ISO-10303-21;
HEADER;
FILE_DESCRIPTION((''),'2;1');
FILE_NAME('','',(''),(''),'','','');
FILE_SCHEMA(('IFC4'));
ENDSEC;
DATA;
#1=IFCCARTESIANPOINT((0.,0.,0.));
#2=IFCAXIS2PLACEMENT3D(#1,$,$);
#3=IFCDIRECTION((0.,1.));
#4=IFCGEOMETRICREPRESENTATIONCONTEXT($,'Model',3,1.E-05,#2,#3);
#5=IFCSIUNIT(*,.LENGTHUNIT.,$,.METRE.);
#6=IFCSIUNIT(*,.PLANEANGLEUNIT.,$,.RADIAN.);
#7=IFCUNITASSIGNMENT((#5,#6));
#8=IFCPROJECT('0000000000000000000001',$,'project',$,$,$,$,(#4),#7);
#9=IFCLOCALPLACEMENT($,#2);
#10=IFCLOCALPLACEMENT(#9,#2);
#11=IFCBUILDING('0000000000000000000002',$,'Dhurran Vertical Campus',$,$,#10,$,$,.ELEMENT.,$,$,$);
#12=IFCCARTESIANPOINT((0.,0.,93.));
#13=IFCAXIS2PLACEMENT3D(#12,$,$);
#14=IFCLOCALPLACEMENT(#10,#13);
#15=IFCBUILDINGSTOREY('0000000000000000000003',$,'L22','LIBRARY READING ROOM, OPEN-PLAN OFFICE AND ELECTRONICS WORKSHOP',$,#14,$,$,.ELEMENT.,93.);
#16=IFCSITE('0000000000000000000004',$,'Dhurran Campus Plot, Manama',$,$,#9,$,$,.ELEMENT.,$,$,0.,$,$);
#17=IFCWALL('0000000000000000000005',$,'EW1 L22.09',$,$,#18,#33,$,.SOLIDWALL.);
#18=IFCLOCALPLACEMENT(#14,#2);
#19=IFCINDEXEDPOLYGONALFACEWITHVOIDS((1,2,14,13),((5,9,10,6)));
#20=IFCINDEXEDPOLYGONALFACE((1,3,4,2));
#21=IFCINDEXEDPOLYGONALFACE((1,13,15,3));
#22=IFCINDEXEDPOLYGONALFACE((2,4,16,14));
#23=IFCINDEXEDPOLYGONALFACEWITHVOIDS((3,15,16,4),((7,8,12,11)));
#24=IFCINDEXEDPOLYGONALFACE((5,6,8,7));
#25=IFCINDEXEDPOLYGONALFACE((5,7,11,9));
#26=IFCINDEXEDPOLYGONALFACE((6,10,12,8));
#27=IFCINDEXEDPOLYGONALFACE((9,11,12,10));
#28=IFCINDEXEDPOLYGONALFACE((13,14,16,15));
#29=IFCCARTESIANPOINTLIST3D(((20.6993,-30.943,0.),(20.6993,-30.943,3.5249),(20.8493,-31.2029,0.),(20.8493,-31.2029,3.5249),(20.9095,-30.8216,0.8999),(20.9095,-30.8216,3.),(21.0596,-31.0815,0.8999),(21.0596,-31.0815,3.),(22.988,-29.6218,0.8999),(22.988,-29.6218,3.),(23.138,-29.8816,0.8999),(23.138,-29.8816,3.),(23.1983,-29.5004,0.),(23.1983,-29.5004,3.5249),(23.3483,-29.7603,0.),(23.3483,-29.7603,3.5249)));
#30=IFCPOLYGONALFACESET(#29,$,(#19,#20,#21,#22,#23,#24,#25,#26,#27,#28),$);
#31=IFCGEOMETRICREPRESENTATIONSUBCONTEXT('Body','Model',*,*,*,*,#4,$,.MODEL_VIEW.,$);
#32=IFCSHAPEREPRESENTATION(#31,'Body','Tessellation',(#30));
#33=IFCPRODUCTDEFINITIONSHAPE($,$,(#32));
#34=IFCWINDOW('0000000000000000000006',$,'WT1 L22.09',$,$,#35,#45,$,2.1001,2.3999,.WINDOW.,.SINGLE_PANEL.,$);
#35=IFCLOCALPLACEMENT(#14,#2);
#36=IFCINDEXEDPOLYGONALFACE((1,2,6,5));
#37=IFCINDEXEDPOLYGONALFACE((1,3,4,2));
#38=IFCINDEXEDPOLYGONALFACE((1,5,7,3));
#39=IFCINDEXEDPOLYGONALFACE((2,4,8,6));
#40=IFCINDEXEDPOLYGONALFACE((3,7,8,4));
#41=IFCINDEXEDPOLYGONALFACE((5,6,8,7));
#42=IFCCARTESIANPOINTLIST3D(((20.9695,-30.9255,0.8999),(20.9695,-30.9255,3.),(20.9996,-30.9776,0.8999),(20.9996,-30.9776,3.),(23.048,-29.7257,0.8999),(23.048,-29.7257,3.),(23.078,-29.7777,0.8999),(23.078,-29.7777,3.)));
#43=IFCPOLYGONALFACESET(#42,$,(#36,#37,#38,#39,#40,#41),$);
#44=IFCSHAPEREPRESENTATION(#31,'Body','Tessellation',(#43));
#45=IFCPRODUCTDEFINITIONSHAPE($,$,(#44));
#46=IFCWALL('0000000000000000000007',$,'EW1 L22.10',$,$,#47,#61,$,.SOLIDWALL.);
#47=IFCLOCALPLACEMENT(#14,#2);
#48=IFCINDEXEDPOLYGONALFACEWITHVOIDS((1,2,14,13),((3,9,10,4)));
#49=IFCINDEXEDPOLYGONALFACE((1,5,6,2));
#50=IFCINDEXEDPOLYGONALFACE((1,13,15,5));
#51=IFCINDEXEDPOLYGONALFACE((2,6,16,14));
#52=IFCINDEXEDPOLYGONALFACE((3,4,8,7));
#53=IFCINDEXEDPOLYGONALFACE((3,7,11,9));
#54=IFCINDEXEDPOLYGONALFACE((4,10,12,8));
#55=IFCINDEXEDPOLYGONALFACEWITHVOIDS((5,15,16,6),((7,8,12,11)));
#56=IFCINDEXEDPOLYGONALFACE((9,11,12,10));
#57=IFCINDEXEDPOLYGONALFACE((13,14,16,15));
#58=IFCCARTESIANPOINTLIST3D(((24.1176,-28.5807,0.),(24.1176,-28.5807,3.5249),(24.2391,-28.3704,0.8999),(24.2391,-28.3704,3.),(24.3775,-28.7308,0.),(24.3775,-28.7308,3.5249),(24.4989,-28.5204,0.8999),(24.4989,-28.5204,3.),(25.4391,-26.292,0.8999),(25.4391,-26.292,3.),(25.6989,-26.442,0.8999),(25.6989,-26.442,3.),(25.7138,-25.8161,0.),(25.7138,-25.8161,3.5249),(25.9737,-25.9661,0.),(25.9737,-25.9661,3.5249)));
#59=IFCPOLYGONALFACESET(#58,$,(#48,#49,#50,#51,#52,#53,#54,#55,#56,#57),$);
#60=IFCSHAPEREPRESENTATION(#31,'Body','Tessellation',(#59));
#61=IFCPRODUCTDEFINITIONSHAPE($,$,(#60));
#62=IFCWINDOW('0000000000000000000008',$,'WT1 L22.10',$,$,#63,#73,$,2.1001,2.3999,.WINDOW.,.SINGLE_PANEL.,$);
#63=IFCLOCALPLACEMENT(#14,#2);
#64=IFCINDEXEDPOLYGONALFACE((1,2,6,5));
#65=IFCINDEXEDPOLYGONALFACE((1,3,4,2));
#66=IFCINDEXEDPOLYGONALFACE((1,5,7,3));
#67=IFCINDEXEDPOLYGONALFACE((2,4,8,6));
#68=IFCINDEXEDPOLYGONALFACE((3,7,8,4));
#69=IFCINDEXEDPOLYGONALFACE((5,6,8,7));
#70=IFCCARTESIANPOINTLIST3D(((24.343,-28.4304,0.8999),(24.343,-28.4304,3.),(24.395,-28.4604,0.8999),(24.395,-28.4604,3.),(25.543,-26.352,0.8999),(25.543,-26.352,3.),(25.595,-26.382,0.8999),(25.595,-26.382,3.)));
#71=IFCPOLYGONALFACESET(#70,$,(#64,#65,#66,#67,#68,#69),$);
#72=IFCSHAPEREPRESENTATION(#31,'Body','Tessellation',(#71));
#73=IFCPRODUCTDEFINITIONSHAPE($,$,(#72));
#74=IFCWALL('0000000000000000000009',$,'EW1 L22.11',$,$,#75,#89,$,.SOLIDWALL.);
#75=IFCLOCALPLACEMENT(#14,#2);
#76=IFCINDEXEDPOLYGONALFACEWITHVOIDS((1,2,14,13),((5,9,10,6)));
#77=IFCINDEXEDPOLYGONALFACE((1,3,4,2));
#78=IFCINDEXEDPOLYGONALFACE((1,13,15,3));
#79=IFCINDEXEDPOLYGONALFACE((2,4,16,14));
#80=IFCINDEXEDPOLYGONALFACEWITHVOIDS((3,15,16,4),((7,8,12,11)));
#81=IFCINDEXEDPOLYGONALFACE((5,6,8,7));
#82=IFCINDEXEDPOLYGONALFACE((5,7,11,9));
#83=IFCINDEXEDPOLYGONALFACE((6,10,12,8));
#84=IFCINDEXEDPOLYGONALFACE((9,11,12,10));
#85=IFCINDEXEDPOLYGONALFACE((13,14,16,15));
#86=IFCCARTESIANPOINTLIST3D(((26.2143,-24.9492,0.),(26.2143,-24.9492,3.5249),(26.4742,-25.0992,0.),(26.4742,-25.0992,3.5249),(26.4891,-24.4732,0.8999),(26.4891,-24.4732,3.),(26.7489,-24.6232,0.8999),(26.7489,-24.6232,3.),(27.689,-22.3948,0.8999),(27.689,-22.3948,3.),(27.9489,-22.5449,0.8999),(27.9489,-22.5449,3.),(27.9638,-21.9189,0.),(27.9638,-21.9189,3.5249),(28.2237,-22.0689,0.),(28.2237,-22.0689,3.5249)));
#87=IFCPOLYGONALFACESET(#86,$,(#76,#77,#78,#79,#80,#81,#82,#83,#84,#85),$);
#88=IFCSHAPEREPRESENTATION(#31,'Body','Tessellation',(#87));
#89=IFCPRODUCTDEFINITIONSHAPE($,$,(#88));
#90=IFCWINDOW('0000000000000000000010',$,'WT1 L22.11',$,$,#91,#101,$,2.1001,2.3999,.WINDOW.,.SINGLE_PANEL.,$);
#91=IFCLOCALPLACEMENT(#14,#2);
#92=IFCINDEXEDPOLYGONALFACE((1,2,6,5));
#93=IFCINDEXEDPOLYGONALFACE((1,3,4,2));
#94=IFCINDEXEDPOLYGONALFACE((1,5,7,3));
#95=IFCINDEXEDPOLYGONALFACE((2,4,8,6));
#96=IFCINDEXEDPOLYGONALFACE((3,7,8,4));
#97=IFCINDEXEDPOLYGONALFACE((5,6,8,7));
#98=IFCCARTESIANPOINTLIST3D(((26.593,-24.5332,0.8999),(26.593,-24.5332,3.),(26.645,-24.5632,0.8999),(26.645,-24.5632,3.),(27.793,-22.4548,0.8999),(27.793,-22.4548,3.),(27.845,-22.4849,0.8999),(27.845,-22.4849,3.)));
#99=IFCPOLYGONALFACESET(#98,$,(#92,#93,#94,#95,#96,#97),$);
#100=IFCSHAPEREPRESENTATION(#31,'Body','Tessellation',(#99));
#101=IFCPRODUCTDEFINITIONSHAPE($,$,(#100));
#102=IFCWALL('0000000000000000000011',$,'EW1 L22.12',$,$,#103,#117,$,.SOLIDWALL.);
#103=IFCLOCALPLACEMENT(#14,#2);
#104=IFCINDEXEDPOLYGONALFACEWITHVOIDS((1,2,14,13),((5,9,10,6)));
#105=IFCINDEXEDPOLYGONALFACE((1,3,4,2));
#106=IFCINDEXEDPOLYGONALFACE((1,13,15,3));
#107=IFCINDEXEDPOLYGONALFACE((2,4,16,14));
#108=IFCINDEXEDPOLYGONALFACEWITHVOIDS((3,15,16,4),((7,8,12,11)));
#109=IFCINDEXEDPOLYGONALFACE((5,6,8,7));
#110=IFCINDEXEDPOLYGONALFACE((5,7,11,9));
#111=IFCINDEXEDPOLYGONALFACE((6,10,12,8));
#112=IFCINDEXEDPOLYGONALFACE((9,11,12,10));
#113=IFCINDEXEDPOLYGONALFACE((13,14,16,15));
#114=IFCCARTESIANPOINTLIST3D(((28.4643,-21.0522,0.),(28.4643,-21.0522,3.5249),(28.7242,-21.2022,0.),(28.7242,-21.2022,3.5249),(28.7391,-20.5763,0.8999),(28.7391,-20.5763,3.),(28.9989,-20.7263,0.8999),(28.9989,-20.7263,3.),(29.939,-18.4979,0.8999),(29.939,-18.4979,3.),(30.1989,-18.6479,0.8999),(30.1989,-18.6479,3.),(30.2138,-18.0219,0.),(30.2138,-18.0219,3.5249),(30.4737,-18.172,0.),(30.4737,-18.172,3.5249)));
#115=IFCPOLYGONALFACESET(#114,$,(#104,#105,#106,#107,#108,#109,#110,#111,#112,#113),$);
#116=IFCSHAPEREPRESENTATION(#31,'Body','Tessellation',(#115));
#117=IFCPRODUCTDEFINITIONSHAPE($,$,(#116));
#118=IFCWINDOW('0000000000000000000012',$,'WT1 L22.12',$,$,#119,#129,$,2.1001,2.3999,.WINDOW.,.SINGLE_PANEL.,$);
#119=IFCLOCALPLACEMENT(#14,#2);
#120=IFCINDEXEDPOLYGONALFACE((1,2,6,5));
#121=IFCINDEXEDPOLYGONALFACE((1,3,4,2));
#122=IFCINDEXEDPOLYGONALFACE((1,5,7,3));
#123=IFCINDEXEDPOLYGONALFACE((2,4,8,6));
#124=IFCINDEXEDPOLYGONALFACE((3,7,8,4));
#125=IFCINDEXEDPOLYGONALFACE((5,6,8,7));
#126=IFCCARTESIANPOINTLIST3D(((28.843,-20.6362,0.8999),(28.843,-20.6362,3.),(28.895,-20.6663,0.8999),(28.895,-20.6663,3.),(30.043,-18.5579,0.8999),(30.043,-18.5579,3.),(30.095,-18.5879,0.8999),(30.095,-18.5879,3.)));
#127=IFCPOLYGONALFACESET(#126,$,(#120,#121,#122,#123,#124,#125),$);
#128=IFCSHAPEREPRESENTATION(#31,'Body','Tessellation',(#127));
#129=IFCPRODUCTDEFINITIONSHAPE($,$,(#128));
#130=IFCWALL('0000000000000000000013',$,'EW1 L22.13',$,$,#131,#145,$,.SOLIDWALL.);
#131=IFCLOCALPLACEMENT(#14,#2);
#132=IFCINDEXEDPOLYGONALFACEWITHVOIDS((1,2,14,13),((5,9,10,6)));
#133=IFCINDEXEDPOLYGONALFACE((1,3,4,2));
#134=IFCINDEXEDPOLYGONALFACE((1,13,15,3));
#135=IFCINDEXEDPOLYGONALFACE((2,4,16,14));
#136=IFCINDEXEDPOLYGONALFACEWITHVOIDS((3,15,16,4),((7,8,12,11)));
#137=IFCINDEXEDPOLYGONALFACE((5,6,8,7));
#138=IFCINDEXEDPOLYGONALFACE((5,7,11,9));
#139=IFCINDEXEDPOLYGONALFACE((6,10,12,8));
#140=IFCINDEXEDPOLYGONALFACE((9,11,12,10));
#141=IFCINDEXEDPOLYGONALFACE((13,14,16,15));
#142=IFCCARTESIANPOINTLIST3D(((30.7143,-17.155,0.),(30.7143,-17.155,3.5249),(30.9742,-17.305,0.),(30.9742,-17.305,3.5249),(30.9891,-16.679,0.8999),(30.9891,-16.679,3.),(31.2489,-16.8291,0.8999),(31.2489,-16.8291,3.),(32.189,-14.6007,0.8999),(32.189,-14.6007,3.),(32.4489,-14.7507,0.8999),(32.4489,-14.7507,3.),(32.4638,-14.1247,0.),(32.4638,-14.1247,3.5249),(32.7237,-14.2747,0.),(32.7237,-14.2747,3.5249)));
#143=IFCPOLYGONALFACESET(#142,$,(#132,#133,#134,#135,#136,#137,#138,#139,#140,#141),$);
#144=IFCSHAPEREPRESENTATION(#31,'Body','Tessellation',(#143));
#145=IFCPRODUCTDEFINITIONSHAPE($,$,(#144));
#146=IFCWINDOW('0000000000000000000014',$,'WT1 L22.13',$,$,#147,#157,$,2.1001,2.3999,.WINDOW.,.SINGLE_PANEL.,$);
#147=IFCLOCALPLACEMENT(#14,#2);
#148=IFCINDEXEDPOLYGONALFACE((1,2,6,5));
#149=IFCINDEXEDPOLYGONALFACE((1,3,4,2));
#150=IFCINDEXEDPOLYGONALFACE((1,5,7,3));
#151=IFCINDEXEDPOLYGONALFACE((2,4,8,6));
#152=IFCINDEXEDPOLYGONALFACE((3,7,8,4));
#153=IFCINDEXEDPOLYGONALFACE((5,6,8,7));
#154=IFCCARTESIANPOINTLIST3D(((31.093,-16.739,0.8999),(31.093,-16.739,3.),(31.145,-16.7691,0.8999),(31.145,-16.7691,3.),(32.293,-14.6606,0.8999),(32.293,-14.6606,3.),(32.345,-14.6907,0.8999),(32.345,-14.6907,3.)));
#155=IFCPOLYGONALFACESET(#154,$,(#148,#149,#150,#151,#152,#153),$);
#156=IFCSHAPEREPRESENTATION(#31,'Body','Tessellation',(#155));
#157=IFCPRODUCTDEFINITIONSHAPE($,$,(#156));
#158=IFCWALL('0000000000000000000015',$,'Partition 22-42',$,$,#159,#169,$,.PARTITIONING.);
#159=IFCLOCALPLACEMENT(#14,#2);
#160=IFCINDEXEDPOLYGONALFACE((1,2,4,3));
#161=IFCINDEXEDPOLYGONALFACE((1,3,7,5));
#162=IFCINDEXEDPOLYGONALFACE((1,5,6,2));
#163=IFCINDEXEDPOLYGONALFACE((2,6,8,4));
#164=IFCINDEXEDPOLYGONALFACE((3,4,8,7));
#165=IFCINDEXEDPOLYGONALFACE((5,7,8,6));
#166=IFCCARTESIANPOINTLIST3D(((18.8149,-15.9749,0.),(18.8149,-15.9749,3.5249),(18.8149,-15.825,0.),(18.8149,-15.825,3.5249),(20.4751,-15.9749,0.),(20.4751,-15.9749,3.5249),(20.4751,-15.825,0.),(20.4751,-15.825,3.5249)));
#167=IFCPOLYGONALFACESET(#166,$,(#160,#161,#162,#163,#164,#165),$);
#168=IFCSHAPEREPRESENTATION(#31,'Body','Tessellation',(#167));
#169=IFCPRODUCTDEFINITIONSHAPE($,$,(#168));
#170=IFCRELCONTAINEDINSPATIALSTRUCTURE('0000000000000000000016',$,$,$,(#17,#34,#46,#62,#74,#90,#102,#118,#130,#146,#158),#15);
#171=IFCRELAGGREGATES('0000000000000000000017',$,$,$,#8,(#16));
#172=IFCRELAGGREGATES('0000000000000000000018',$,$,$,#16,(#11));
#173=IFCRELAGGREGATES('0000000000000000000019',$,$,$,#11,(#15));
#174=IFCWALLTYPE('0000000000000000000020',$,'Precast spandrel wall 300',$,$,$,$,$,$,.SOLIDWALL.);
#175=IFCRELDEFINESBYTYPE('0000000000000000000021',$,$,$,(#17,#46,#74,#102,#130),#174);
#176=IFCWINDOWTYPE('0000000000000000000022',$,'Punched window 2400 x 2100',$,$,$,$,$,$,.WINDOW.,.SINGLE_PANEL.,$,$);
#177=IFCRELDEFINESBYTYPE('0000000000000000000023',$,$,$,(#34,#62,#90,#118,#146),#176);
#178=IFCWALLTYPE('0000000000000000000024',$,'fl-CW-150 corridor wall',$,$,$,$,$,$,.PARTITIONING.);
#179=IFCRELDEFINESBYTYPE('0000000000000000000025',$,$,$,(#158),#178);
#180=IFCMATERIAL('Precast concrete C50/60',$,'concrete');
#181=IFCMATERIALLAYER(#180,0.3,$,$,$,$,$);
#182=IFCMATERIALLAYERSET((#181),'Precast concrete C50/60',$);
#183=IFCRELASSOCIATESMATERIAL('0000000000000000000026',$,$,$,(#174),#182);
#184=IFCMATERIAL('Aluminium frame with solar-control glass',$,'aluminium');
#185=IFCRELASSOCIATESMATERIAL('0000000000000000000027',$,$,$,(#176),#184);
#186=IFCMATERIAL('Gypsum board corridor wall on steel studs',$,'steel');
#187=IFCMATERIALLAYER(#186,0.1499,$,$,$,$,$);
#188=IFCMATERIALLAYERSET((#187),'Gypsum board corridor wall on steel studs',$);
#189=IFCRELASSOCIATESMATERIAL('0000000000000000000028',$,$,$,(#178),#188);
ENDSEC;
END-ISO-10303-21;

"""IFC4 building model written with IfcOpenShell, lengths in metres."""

from ifc_helpers import new_model, si_unit, direction, frame, frame_2d, origin, place, context, subcontext, project, spatial, rectangle, extrude, material, layer, layer_set, type_object, element, fill, save


model = new_model("IFC4")

# Units and contexts
model_context = context("Model", 3, precision=1e-05, world=origin(), true_north=direction((0.0, 1.0)))
body_context = subcontext(model_context, "Body", "Model", "MODEL_VIEW")
ifc_project = project(units=[si_unit("LENGTHUNIT", "METRE"), si_unit("PLANEANGLEUNIT", "RADIAN")], contexts=[model_context])

# Site, building, storey
site_placement = place(None, origin())
site = spatial("IfcSite", under=ifc_project, at=site_placement, Name="Dhurran Campus Plot, Manama", CompositionType="ELEMENT", RefElevation=0.0)
building_placement = place(site_placement, origin())
building = spatial("IfcBuilding", under=site, at=building_placement, Name="Dhurran Vertical Campus", CompositionType="ELEMENT")
storey_placement = place(building_placement, frame((0.0, 0.0, 93.0)))
storey = spatial("IfcBuildingStorey", under=building, at=storey_placement, Name="L22", Description="LIBRARY READING ROOM, OPEN-PLAN OFFICE AND ELECTRONICS WORKSHOP", CompositionType="ELEMENT", Elevation=93.0)

# Walls, openings, windows
ifc_material_1 = material(Name="Precast concrete C50/60", Category="concrete")
ifc_layer_1 = layer(ifc_material_1, 0.3)
ifc_layer_set_1 = layer_set([ifc_layer_1], Name="Precast concrete C50/60")
wall_type_1 = type_object("IfcWallType", Name="Precast spandrel wall 300", PredefinedType="SOLIDWALL", material=ifc_layer_set_1)
ifc_material_2 = material(Name="Aluminium frame with solar-control glass", Category="aluminium")
window_type = type_object("IfcWindowType", Name="Punched window 2400 x 2100", PartitioningType="SINGLE_PANEL", PredefinedType="WINDOW", material=ifc_material_2)
wall_1_placement = place(storey_placement, frame((20.7742, -31.073, 0.0), z_axis=(0.0, 0.0, 1.0), x_axis=(0.866053, 0.499952, 0.0)))
wall_1 = element("IfcWall", 1, at=wall_1_placement, inside=storey, type_object=wall_type_1, Name="EW1 L22.09", PredefinedType="SOLIDWALL", context=body_context, shape_type="SweptSolid", body=[
    extrude(rectangle(XDim=2.8855, YDim=0.3, at=frame_2d((1.4429, 0.0))), origin(), (0.0, 0.0, 1.0), 3.5249),
])
opening_1_placement = place(wall_1_placement, frame((0.2429, 0.0, 0.8999)))
opening_1 = element("IfcOpeningElement", 2, at=opening_1_placement, cuts=wall_1, PredefinedType="OPENING", context=body_context, shape_type="SweptSolid", body=[
    extrude(rectangle(XDim=2.3999, YDim=2.1001, at=frame_2d((1.2, 1.05))), frame((0.0, 0.1599, 0.0), z_axis=(0.0, -1.0, 0.0), x_axis=(1.0, 0.0, 0.0)), (0.0, 0.0, 1.0), 0.3201),
])
window_1_placement = place(opening_1_placement, origin())
window_1 = element("IfcWindow", 3, at=window_1_placement, inside=storey, type_object=window_type, Name="WT1 L22.09", OverallHeight=2.1001, OverallWidth=2.3999, PartitioningType="SINGLE_PANEL", PredefinedType="WINDOW", context=body_context, shape_type="SweptSolid", body=[
    extrude(rectangle(XDim=2.3999, YDim=2.1001, at=frame_2d((1.2, 1.05))), frame((0.0, 0.03, 0.0), z_axis=(0.0, -1.0, 0.0), x_axis=(1.0, 0.0, 0.0)), (0.0, 0.0, 1.0), 0.0601),
])
fill(opening_1, window_1)
wall_2_placement = place(storey_placement, frame((24.2476, -28.6558, 0.0), z_axis=(0.0, 0.0, 1.0), x_axis=(0.500005, 0.866023, 0.0)))
wall_2 = element("IfcWall", 4, at=wall_2_placement, inside=storey, type_object=wall_type_1, Name="EW1 L22.10", PredefinedType="SOLIDWALL", context=body_context, shape_type="SweptSolid", body=[
    extrude(rectangle(XDim=3.1924, YDim=0.3, at=frame_2d((1.5962, 0.0))), origin(), (0.0, 0.0, 1.0), 3.5249),
])
opening_2_placement = place(wall_2_placement, frame((0.2429, 0.0, 0.8999)))
opening_2 = element("IfcOpeningElement", 5, at=opening_2_placement, cuts=wall_2, PredefinedType="OPENING", context=body_context, shape_type="SweptSolid", body=[
    extrude(rectangle(XDim=2.3999, YDim=2.1001, at=frame_2d((1.2, 1.05))), frame((0.0, 0.1599, 0.0), z_axis=(0.0, -1.0, 0.0), x_axis=(1.0, 0.0, 0.0)), (0.0, 0.0, 1.0), 0.3201),
])
window_2_placement = place(opening_2_placement, origin())
window_2 = element("IfcWindow", 6, at=window_2_placement, inside=storey, type_object=window_type, Name="WT1 L22.10", OverallHeight=2.1001, OverallWidth=2.3999, PartitioningType="SINGLE_PANEL", PredefinedType="WINDOW", context=body_context, shape_type="SweptSolid", body=[
    extrude(rectangle(XDim=2.3999, YDim=2.1001, at=frame_2d((1.2, 1.05))), frame((0.0, 0.03, 0.0), z_axis=(0.0, -1.0, 0.0), x_axis=(1.0, 0.0, 0.0)), (0.0, 0.0, 1.0), 0.0601),
])
fill(opening_2, window_2)
wall_3_placement = place(storey_placement, frame((26.3442, -25.0242, 0.0), z_axis=(0.0, 0.0, 1.0), x_axis=(0.499996, 0.866028, 0.0)))
wall_3 = element("IfcWall", 7, at=wall_3_placement, inside=storey, type_object=wall_type_1, Name="EW1 L22.11", PredefinedType="SOLIDWALL", context=body_context, shape_type="SweptSolid", body=[
    extrude(rectangle(XDim=3.499, YDim=0.3, at=frame_2d((1.7495, 0.0))), origin(), (0.0, 0.0, 1.0), 3.5249),
])
opening_3_placement = place(wall_3_placement, frame((0.5496, 0.0, 0.8999)))
opening_3 = element("IfcOpeningElement", 8, at=opening_3_placement, cuts=wall_3, PredefinedType="OPENING", context=body_context, shape_type="SweptSolid", body=[
    extrude(rectangle(XDim=2.3999, YDim=2.1001, at=frame_2d((1.2, 1.05))), frame((0.0, 0.1599, 0.0), z_axis=(0.0, -1.0, 0.0), x_axis=(1.0, 0.0, 0.0)), (0.0, 0.0, 1.0), 0.3201),
])
window_3_placement = place(opening_3_placement, origin())
window_3 = element("IfcWindow", 9, at=window_3_placement, inside=storey, type_object=window_type, Name="WT1 L22.11", OverallHeight=2.1001, OverallWidth=2.3999, PartitioningType="SINGLE_PANEL", PredefinedType="WINDOW", context=body_context, shape_type="SweptSolid", body=[
    extrude(rectangle(XDim=2.3999, YDim=2.1001, at=frame_2d((1.2, 1.05))), frame((0.0, 0.03, 0.0), z_axis=(0.0, -1.0, 0.0), x_axis=(1.0, 0.0, 0.0)), (0.0, 0.0, 1.0), 0.0601),
])
fill(opening_3, window_3)
wall_4_placement = place(storey_placement, frame((28.5942, -21.1272, 0.0), z_axis=(0.0, 0.0, 1.0), x_axis=(0.499996, 0.866028, 0.0)))
wall_4 = element("IfcWall", 10, at=wall_4_placement, inside=storey, type_object=wall_type_1, Name="EW1 L22.12", PredefinedType="SOLIDWALL", context=body_context, shape_type="SweptSolid", body=[
    extrude(rectangle(XDim=3.499, YDim=0.3, at=frame_2d((1.7495, 0.0))), origin(), (0.0, 0.0, 1.0), 3.5249),
])
opening_4_placement = place(wall_4_placement, frame((0.5496, 0.0, 0.8999)))
opening_4 = element("IfcOpeningElement", 11, at=opening_4_placement, cuts=wall_4, PredefinedType="OPENING", context=body_context, shape_type="SweptSolid", body=[
    extrude(rectangle(XDim=2.3999, YDim=2.1001, at=frame_2d((1.2, 1.05))), frame((0.0, 0.1599, 0.0), z_axis=(0.0, -1.0, 0.0), x_axis=(1.0, 0.0, 0.0)), (0.0, 0.0, 1.0), 0.3201),
])
window_4_placement = place(opening_4_placement, origin())
window_4 = element("IfcWindow", 12, at=window_4_placement, inside=storey, type_object=window_type, Name="WT1 L22.12", OverallHeight=2.1001, OverallWidth=2.3999, PartitioningType="SINGLE_PANEL", PredefinedType="WINDOW", context=body_context, shape_type="SweptSolid", body=[
    extrude(rectangle(XDim=2.3999, YDim=2.1001, at=frame_2d((1.2, 1.05))), frame((0.0, 0.03, 0.0), z_axis=(0.0, -1.0, 0.0), x_axis=(1.0, 0.0, 0.0)), (0.0, 0.0, 1.0), 0.0601),
])
fill(opening_4, window_4)
wall_5_placement = place(storey_placement, frame((30.8442, -17.23, 0.0), z_axis=(0.0, 0.0, 1.0), x_axis=(0.499996, 0.866028, 0.0)))
wall_5 = element("IfcWall", 13, at=wall_5_placement, inside=storey, type_object=wall_type_1, Name="EW1 L22.13", PredefinedType="SOLIDWALL", context=body_context, shape_type="SweptSolid", body=[
    extrude(rectangle(XDim=3.499, YDim=0.3, at=frame_2d((1.7495, 0.0))), origin(), (0.0, 0.0, 1.0), 3.5249),
])
opening_5_placement = place(wall_5_placement, frame((0.5496, 0.0, 0.8999)))
opening_5 = element("IfcOpeningElement", 14, at=opening_5_placement, cuts=wall_5, PredefinedType="OPENING", context=body_context, shape_type="SweptSolid", body=[
    extrude(rectangle(XDim=2.3999, YDim=2.1001, at=frame_2d((1.2, 1.05))), frame((0.0, 0.1599, 0.0), z_axis=(0.0, -1.0, 0.0), x_axis=(1.0, 0.0, 0.0)), (0.0, 0.0, 1.0), 0.3201),
])
window_5_placement = place(opening_5_placement, origin())
window_5 = element("IfcWindow", 15, at=window_5_placement, inside=storey, type_object=window_type, Name="WT1 L22.13", OverallHeight=2.1001, OverallWidth=2.3999, PartitioningType="SINGLE_PANEL", PredefinedType="WINDOW", context=body_context, shape_type="SweptSolid", body=[
    extrude(rectangle(XDim=2.3999, YDim=2.1001, at=frame_2d((1.2, 1.05))), frame((0.0, 0.03, 0.0), z_axis=(0.0, -1.0, 0.0), x_axis=(1.0, 0.0, 0.0)), (0.0, 0.0, 1.0), 0.0601),
])
fill(opening_5, window_5)

# Wall
ifc_material_3 = material(Name="Gypsum board corridor wall on steel studs", Category="steel")
ifc_layer_2 = layer(ifc_material_3, 0.1499)
ifc_layer_set_2 = layer_set([ifc_layer_2], Name="Gypsum board corridor wall on steel studs")
wall_type_2 = type_object("IfcWallType", Name="fl-CW-150 corridor wall", PredefinedType="PARTITIONING", material=ifc_layer_set_2)
wall_6_placement = place(storey_placement, frame((18.8149, -15.8999, 0.0), z_axis=(0.0, 0.0, 1.0), x_axis=(1.0, 0.0, 0.0)))
element("IfcWall", 16, at=wall_6_placement, inside=storey, type_object=wall_type_2, Name="Partition 22-42", PredefinedType="PARTITIONING", context=body_context, shape_type="SweptSolid", body=[
    extrude(rectangle(XDim=1.6602, YDim=0.1499, at=frame_2d((0.8301, 0.0))), origin(), (0.0, 0.0, 1.0), 3.5249),
])

save(model, "model.ifc")
